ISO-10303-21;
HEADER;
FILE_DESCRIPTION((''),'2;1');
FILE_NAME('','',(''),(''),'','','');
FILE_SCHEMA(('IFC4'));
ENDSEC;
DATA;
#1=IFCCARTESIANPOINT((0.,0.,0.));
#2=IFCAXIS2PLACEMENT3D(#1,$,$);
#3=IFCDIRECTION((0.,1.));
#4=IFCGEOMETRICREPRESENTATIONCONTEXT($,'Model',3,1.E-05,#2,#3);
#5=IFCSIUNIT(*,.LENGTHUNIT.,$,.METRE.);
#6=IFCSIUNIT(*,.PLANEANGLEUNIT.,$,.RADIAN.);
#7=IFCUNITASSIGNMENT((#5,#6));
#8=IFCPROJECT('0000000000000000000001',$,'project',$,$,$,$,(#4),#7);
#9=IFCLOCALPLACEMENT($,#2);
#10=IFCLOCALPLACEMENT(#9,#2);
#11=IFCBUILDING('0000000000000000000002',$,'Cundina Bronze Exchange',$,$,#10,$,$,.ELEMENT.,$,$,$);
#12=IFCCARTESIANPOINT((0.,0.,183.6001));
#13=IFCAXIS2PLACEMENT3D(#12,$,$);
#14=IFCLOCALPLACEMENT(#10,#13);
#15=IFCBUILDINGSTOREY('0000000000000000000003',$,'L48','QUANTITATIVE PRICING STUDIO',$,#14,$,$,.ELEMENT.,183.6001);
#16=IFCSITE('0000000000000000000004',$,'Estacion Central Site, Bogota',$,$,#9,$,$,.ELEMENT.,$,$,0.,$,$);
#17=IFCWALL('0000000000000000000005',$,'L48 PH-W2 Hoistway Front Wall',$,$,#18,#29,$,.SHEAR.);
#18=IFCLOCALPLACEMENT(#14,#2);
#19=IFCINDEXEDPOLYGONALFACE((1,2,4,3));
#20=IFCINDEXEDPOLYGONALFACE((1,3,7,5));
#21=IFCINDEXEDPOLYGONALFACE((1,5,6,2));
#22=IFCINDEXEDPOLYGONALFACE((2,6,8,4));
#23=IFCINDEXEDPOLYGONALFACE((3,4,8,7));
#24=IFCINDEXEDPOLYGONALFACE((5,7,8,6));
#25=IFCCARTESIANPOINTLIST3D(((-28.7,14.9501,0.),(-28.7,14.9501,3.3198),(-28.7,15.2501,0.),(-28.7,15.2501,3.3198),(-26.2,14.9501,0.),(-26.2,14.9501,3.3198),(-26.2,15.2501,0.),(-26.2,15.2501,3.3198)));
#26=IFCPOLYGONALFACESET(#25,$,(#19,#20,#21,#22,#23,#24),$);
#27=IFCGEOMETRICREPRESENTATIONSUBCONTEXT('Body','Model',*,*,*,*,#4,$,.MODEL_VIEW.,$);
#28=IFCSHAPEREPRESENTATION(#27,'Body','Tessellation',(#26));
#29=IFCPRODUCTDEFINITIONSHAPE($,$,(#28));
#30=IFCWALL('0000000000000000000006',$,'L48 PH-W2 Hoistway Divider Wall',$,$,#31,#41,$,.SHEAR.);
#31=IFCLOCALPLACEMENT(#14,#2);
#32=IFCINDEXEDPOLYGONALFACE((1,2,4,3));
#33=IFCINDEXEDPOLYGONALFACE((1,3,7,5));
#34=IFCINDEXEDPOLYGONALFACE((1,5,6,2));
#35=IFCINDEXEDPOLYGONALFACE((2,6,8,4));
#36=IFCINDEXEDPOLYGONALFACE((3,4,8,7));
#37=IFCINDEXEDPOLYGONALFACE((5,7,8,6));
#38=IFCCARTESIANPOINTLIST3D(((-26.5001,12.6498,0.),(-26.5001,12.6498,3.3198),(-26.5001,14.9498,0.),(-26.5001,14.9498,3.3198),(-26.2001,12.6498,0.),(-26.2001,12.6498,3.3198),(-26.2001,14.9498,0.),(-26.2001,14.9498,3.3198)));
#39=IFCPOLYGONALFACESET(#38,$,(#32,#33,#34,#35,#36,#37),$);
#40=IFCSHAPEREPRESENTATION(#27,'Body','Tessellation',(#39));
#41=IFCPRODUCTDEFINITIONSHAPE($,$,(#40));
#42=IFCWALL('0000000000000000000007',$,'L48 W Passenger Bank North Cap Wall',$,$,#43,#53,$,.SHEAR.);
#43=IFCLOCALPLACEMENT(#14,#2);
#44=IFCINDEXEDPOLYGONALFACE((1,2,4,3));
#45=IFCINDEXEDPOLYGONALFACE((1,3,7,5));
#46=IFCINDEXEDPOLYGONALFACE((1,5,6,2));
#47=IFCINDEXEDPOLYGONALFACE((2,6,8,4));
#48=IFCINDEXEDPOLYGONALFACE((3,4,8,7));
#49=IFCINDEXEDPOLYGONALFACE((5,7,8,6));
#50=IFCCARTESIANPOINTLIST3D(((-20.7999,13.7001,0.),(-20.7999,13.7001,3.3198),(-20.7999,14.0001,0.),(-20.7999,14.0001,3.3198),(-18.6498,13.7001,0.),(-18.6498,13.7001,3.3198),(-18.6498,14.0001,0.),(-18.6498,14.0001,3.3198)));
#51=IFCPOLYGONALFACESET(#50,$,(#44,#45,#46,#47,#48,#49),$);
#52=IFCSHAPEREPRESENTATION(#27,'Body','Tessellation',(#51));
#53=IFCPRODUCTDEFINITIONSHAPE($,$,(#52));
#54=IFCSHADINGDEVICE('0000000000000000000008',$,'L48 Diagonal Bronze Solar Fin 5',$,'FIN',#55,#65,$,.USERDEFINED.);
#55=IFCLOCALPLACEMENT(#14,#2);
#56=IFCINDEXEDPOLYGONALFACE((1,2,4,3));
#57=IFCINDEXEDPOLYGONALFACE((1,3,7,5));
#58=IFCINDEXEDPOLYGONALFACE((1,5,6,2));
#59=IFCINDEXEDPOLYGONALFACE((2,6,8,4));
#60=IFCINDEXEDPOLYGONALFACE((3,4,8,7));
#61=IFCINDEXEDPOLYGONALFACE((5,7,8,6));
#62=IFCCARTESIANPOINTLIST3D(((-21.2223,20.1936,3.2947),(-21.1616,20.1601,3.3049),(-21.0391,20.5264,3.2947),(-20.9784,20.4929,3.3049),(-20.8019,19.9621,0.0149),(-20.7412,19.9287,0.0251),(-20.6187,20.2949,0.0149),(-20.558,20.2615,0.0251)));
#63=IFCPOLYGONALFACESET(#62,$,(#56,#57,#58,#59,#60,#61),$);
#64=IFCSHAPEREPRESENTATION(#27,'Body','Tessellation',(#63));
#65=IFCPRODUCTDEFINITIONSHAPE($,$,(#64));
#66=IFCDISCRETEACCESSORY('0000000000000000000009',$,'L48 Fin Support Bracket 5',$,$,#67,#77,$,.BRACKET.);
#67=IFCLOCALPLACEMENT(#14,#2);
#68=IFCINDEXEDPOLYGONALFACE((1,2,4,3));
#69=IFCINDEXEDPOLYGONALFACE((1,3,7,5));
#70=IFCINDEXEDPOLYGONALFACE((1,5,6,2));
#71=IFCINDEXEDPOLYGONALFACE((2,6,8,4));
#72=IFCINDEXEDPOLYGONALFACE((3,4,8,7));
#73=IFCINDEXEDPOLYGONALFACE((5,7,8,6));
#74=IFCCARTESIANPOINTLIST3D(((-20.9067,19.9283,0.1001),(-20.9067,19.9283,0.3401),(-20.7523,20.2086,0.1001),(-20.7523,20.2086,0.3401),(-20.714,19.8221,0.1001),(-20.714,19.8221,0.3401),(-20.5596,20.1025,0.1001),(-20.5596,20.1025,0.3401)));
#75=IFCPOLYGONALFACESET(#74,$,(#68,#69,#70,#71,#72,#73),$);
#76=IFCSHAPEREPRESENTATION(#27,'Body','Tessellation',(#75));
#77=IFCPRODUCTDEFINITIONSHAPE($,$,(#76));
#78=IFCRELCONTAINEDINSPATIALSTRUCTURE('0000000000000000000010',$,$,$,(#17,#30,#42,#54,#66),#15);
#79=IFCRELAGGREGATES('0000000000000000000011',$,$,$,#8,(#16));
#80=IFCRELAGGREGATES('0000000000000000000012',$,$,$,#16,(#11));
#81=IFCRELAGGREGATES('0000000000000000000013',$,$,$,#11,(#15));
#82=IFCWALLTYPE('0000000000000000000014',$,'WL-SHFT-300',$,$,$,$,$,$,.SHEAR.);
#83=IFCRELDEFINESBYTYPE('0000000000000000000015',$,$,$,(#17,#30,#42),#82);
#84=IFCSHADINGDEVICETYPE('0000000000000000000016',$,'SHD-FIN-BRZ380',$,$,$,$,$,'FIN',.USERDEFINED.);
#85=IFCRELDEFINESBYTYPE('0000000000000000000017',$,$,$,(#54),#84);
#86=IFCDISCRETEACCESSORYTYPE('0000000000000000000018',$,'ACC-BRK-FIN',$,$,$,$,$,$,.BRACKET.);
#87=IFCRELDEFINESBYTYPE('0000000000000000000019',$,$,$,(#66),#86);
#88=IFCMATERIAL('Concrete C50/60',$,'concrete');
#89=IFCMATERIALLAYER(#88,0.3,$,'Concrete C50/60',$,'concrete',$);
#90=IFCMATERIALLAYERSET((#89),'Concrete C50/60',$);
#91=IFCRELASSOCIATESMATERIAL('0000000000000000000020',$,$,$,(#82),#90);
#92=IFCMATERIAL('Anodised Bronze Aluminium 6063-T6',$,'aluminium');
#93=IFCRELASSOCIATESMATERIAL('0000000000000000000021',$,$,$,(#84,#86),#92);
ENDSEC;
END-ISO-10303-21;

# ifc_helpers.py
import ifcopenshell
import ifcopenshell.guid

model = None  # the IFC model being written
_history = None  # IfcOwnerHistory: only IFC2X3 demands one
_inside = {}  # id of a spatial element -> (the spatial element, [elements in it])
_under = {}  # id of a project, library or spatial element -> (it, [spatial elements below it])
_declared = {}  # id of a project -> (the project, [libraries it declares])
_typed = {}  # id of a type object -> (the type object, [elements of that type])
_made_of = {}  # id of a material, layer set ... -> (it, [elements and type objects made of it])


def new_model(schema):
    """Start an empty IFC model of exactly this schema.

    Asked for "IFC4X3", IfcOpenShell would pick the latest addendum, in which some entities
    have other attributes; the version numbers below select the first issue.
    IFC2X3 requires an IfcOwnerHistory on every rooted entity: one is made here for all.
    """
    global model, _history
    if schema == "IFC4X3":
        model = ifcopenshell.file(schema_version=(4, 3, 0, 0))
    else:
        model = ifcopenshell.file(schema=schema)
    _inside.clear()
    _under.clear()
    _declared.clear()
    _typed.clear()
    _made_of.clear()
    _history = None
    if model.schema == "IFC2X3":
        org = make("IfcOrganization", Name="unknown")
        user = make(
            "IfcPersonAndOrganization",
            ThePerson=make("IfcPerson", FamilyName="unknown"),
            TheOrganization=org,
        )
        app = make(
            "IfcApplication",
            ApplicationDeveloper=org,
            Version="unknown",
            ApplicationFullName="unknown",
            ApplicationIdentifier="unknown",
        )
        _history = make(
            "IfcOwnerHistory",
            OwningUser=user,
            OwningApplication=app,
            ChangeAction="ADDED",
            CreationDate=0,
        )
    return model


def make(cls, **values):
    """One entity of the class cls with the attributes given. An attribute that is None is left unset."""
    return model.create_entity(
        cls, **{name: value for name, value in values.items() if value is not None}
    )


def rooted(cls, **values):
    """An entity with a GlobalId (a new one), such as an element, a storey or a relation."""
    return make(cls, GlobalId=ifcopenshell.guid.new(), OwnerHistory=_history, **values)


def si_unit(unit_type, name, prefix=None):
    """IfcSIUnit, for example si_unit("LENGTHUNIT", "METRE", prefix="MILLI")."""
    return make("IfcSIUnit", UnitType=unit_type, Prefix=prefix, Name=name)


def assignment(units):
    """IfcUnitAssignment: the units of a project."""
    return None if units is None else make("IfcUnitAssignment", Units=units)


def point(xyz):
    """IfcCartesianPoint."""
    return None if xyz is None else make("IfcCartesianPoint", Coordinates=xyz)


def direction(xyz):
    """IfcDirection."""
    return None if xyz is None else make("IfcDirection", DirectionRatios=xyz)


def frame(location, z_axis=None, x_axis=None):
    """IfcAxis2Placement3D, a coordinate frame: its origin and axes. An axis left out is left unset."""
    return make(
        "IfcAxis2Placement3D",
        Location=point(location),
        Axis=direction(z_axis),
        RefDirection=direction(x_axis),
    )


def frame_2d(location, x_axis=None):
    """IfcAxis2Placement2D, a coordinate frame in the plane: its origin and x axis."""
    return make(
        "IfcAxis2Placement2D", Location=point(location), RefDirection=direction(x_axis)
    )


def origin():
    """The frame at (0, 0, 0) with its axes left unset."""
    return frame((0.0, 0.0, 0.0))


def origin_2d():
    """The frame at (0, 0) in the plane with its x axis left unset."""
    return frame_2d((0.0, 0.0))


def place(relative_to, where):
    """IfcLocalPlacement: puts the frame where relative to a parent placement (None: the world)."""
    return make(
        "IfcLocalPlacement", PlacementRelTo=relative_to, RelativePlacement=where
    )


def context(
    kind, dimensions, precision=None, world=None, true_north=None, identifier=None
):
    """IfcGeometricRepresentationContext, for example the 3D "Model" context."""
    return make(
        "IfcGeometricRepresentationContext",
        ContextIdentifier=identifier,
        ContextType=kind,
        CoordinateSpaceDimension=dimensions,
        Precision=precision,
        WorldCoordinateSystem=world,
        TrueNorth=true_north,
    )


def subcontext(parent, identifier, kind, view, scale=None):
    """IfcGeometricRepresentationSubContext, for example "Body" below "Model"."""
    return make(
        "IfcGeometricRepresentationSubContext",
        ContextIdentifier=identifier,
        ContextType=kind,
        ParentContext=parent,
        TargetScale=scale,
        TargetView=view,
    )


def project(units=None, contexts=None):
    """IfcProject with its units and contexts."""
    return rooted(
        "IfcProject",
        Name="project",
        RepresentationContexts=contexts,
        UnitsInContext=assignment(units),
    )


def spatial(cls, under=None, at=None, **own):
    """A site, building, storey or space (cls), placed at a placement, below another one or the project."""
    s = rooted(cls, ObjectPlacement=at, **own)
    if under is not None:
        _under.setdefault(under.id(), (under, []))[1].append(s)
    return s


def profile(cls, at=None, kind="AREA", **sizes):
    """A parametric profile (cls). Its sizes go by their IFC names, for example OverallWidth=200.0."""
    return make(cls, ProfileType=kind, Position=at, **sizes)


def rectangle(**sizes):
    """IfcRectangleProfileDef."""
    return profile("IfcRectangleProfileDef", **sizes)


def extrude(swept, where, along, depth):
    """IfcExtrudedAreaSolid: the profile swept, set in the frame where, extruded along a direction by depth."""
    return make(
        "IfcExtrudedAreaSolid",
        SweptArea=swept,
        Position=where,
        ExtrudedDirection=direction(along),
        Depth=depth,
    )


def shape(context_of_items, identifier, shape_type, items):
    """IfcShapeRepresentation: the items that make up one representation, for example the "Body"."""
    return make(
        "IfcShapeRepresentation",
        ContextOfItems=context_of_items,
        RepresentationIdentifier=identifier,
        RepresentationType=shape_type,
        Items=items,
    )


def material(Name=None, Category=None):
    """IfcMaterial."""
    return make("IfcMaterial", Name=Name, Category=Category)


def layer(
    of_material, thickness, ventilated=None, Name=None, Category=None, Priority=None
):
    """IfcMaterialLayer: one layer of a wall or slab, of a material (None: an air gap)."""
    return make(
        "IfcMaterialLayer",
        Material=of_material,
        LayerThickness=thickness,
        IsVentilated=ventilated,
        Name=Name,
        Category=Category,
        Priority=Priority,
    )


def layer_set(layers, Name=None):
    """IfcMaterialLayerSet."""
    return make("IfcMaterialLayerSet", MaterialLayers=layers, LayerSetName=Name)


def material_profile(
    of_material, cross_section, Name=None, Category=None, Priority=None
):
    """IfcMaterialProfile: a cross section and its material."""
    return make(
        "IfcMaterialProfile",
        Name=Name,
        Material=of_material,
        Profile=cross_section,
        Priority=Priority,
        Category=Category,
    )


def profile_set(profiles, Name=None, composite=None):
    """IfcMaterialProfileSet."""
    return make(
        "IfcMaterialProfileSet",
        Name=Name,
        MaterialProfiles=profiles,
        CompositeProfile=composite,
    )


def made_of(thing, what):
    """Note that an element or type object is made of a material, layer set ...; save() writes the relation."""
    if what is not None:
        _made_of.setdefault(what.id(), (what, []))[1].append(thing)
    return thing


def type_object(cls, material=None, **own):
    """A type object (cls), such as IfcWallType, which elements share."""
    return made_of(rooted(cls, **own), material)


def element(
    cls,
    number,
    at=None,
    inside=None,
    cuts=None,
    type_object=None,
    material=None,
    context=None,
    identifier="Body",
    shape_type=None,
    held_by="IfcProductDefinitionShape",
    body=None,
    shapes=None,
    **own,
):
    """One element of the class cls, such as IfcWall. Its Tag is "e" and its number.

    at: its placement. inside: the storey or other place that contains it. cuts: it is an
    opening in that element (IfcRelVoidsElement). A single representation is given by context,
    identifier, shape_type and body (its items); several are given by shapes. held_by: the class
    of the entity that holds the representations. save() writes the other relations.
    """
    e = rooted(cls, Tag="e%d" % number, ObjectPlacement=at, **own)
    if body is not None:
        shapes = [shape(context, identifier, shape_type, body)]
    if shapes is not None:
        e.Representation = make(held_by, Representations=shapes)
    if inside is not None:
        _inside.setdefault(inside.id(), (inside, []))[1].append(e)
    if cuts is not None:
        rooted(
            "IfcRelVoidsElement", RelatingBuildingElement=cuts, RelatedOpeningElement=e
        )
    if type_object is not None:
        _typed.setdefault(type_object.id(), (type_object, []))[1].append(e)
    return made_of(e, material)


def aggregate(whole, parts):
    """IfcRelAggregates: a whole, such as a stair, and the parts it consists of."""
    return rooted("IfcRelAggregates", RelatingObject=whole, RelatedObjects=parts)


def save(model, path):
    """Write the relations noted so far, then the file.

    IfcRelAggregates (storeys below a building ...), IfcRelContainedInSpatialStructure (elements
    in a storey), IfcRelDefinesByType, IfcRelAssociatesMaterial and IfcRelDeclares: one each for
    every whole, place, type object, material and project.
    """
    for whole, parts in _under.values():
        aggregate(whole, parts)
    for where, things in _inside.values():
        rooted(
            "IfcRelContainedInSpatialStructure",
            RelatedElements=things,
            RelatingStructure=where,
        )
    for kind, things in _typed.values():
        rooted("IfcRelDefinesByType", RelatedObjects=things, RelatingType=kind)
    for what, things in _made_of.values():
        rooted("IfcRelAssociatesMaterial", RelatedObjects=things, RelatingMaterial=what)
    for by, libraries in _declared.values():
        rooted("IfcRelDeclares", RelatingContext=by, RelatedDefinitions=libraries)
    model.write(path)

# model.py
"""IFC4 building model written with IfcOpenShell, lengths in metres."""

from ifc_helpers import new_model, si_unit, direction, frame, frame_2d, origin, origin_2d, place, context, subcontext, project, spatial, rectangle, extrude, material, layer, layer_set, material_profile, profile_set, type_object, element, save


model = new_model("IFC4")

# Units and contexts
model_context = context("Model", 3, precision=1e-05, world=origin(), true_north=direction((0.0, 1.0)))
body_context = subcontext(model_context, "Body", "Model", "MODEL_VIEW")
ifc_project = project(units=[si_unit("LENGTHUNIT", "METRE"), si_unit("PLANEANGLEUNIT", "RADIAN")], contexts=[model_context])

# Site, building, storey
site_placement = place(None, origin())
site = spatial("IfcSite", under=ifc_project, at=site_placement, Name="Estacion Central Site, Bogota", CompositionType="ELEMENT", RefElevation=0.0)
building_placement = place(site_placement, origin())
building = spatial("IfcBuilding", under=site, at=building_placement, Name="Cundina Bronze Exchange", CompositionType="ELEMENT")
storey_placement = place(building_placement, frame((0.0, 0.0, 183.6001)))
storey = spatial("IfcBuildingStorey", under=building, at=storey_placement, Name="L48", Description="QUANTITATIVE PRICING STUDIO", CompositionType="ELEMENT", Elevation=183.6001)

# Shared definitions
ifc_material_1 = material(Name="Concrete C50/60", Category="concrete")

# Shared definitions
ifc_material_2 = material(Name="Anodised Bronze Aluminium 6063-T6", Category="aluminium")

# Shared definitions
ifc_layer_1 = layer(ifc_material_1, 0.3, Name="Concrete C50/60", Category="concrete")
ifc_layer_set_1 = layer_set([ifc_layer_1], Name="Concrete C50/60")
wall_type_1 = type_object("IfcWallType", Name="WL-SHFT-300", PredefinedType="SHEAR", material=ifc_layer_set_1)

# Walls
wall_1_placement = place(storey_placement, frame((-28.7, 15.1001, 0.0), z_axis=(0.0, 0.0, 1.0), x_axis=(1.0, 0.0, 0.0)))
element("IfcWall", 1, at=wall_1_placement, inside=storey, type_object=wall_type_1, Name="L48 PH-W2 Hoistway Front Wall", PredefinedType="SHEAR", context=body_context, shape_type="SweptSolid", body=[
    extrude(rectangle(XDim=2.5, YDim=0.3, at=frame_2d((1.25, 0.0))), origin(), (0.0, 0.0, 1.0), 3.3198),
])
wall_2_placement = place(storey_placement, frame((-26.3501, 12.6499, 0.0), z_axis=(0.0, 0.0, 1.0), x_axis=(0.0, 1.0, 0.0)))
element("IfcWall", 2, at=wall_2_placement, inside=storey, type_object=wall_type_1, Name="L48 PH-W2 Hoistway Divider Wall", PredefinedType="SHEAR", context=body_context, shape_type="SweptSolid", body=[
    extrude(rectangle(XDim=2.3, YDim=0.3, at=frame_2d((1.1499, 0.0))), origin(), (0.0, 0.0, 1.0), 3.3198),
])
wall_3_placement = place(storey_placement, frame((-20.8, 13.8501, 0.0), z_axis=(0.0, 0.0, 1.0), x_axis=(1.0, 0.0, 0.0)))
element("IfcWall", 3, at=wall_3_placement, inside=storey, type_object=wall_type_1, Name="L48 W Passenger Bank North Cap Wall", PredefinedType="SHEAR", context=body_context, shape_type="SweptSolid", body=[
    extrude(rectangle(XDim=2.1501, YDim=0.3, at=frame_2d((1.0752, 0.0))), origin(), (0.0, 0.0, 1.0), 3.3198),
])

# Shading device
ifc_material_profile_1 = material_profile(ifc_material_2, rectangle(XDim=0.0701, YDim=0.3799, at=origin_2d()), Name="FIN70X380", Category="aluminium")
ifc_profile_set_1 = profile_set([ifc_material_profile_1], Name="Anodised Bronze Aluminium 6063-T6")
shading_device_type = type_object("IfcShadingDeviceType", Name="SHD-FIN-BRZ380", ElementType="FIN", PredefinedType="USERDEFINED", material=ifc_profile_set_1)
shading_device_placement = place(storey_placement, frame((-20.6799, 20.1118, 0.02), z_axis=(-0.126832, 0.069824, 0.989464), x_axis=(0.866792, -0.477189, 0.144781)))
element("IfcShadingDevice", 4, at=shading_device_placement, inside=storey, type_object=shading_device_type, Name="L48 Diagonal Bronze Solar Fin 5", ObjectType="FIN", PredefinedType="USERDEFINED", context=body_context, shape_type="SweptSolid", body=[
    extrude(rectangle(XDim=0.0701, YDim=0.3799, at=origin_2d()), origin(), (0.0, 0.0, 1.0), 3.3147),
])

# Discrete accessory
discrete_accessory_type = type_object("IfcDiscreteAccessoryType", Name="ACC-BRK-FIN", PredefinedType="BRACKET", material=ifc_material_2)
discrete_accessory_placement = place(storey_placement, frame((-20.7332, 20.0154, 0.1001), z_axis=(0.0, 0.0, 1.0), x_axis=(-0.875869, 0.482549, 0.0)))
element("IfcDiscreteAccessory", 5, at=discrete_accessory_placement, inside=storey, type_object=discrete_accessory_type, Name="L48 Fin Support Bracket 5", PredefinedType="BRACKET", context=body_context, shape_type="SweptSolid", body=[
    extrude(rectangle(XDim=0.22, YDim=0.3201, at=origin_2d()), origin(), (0.0, 0.0, 1.0), 0.24),
])

save(model, "model.ifc")
